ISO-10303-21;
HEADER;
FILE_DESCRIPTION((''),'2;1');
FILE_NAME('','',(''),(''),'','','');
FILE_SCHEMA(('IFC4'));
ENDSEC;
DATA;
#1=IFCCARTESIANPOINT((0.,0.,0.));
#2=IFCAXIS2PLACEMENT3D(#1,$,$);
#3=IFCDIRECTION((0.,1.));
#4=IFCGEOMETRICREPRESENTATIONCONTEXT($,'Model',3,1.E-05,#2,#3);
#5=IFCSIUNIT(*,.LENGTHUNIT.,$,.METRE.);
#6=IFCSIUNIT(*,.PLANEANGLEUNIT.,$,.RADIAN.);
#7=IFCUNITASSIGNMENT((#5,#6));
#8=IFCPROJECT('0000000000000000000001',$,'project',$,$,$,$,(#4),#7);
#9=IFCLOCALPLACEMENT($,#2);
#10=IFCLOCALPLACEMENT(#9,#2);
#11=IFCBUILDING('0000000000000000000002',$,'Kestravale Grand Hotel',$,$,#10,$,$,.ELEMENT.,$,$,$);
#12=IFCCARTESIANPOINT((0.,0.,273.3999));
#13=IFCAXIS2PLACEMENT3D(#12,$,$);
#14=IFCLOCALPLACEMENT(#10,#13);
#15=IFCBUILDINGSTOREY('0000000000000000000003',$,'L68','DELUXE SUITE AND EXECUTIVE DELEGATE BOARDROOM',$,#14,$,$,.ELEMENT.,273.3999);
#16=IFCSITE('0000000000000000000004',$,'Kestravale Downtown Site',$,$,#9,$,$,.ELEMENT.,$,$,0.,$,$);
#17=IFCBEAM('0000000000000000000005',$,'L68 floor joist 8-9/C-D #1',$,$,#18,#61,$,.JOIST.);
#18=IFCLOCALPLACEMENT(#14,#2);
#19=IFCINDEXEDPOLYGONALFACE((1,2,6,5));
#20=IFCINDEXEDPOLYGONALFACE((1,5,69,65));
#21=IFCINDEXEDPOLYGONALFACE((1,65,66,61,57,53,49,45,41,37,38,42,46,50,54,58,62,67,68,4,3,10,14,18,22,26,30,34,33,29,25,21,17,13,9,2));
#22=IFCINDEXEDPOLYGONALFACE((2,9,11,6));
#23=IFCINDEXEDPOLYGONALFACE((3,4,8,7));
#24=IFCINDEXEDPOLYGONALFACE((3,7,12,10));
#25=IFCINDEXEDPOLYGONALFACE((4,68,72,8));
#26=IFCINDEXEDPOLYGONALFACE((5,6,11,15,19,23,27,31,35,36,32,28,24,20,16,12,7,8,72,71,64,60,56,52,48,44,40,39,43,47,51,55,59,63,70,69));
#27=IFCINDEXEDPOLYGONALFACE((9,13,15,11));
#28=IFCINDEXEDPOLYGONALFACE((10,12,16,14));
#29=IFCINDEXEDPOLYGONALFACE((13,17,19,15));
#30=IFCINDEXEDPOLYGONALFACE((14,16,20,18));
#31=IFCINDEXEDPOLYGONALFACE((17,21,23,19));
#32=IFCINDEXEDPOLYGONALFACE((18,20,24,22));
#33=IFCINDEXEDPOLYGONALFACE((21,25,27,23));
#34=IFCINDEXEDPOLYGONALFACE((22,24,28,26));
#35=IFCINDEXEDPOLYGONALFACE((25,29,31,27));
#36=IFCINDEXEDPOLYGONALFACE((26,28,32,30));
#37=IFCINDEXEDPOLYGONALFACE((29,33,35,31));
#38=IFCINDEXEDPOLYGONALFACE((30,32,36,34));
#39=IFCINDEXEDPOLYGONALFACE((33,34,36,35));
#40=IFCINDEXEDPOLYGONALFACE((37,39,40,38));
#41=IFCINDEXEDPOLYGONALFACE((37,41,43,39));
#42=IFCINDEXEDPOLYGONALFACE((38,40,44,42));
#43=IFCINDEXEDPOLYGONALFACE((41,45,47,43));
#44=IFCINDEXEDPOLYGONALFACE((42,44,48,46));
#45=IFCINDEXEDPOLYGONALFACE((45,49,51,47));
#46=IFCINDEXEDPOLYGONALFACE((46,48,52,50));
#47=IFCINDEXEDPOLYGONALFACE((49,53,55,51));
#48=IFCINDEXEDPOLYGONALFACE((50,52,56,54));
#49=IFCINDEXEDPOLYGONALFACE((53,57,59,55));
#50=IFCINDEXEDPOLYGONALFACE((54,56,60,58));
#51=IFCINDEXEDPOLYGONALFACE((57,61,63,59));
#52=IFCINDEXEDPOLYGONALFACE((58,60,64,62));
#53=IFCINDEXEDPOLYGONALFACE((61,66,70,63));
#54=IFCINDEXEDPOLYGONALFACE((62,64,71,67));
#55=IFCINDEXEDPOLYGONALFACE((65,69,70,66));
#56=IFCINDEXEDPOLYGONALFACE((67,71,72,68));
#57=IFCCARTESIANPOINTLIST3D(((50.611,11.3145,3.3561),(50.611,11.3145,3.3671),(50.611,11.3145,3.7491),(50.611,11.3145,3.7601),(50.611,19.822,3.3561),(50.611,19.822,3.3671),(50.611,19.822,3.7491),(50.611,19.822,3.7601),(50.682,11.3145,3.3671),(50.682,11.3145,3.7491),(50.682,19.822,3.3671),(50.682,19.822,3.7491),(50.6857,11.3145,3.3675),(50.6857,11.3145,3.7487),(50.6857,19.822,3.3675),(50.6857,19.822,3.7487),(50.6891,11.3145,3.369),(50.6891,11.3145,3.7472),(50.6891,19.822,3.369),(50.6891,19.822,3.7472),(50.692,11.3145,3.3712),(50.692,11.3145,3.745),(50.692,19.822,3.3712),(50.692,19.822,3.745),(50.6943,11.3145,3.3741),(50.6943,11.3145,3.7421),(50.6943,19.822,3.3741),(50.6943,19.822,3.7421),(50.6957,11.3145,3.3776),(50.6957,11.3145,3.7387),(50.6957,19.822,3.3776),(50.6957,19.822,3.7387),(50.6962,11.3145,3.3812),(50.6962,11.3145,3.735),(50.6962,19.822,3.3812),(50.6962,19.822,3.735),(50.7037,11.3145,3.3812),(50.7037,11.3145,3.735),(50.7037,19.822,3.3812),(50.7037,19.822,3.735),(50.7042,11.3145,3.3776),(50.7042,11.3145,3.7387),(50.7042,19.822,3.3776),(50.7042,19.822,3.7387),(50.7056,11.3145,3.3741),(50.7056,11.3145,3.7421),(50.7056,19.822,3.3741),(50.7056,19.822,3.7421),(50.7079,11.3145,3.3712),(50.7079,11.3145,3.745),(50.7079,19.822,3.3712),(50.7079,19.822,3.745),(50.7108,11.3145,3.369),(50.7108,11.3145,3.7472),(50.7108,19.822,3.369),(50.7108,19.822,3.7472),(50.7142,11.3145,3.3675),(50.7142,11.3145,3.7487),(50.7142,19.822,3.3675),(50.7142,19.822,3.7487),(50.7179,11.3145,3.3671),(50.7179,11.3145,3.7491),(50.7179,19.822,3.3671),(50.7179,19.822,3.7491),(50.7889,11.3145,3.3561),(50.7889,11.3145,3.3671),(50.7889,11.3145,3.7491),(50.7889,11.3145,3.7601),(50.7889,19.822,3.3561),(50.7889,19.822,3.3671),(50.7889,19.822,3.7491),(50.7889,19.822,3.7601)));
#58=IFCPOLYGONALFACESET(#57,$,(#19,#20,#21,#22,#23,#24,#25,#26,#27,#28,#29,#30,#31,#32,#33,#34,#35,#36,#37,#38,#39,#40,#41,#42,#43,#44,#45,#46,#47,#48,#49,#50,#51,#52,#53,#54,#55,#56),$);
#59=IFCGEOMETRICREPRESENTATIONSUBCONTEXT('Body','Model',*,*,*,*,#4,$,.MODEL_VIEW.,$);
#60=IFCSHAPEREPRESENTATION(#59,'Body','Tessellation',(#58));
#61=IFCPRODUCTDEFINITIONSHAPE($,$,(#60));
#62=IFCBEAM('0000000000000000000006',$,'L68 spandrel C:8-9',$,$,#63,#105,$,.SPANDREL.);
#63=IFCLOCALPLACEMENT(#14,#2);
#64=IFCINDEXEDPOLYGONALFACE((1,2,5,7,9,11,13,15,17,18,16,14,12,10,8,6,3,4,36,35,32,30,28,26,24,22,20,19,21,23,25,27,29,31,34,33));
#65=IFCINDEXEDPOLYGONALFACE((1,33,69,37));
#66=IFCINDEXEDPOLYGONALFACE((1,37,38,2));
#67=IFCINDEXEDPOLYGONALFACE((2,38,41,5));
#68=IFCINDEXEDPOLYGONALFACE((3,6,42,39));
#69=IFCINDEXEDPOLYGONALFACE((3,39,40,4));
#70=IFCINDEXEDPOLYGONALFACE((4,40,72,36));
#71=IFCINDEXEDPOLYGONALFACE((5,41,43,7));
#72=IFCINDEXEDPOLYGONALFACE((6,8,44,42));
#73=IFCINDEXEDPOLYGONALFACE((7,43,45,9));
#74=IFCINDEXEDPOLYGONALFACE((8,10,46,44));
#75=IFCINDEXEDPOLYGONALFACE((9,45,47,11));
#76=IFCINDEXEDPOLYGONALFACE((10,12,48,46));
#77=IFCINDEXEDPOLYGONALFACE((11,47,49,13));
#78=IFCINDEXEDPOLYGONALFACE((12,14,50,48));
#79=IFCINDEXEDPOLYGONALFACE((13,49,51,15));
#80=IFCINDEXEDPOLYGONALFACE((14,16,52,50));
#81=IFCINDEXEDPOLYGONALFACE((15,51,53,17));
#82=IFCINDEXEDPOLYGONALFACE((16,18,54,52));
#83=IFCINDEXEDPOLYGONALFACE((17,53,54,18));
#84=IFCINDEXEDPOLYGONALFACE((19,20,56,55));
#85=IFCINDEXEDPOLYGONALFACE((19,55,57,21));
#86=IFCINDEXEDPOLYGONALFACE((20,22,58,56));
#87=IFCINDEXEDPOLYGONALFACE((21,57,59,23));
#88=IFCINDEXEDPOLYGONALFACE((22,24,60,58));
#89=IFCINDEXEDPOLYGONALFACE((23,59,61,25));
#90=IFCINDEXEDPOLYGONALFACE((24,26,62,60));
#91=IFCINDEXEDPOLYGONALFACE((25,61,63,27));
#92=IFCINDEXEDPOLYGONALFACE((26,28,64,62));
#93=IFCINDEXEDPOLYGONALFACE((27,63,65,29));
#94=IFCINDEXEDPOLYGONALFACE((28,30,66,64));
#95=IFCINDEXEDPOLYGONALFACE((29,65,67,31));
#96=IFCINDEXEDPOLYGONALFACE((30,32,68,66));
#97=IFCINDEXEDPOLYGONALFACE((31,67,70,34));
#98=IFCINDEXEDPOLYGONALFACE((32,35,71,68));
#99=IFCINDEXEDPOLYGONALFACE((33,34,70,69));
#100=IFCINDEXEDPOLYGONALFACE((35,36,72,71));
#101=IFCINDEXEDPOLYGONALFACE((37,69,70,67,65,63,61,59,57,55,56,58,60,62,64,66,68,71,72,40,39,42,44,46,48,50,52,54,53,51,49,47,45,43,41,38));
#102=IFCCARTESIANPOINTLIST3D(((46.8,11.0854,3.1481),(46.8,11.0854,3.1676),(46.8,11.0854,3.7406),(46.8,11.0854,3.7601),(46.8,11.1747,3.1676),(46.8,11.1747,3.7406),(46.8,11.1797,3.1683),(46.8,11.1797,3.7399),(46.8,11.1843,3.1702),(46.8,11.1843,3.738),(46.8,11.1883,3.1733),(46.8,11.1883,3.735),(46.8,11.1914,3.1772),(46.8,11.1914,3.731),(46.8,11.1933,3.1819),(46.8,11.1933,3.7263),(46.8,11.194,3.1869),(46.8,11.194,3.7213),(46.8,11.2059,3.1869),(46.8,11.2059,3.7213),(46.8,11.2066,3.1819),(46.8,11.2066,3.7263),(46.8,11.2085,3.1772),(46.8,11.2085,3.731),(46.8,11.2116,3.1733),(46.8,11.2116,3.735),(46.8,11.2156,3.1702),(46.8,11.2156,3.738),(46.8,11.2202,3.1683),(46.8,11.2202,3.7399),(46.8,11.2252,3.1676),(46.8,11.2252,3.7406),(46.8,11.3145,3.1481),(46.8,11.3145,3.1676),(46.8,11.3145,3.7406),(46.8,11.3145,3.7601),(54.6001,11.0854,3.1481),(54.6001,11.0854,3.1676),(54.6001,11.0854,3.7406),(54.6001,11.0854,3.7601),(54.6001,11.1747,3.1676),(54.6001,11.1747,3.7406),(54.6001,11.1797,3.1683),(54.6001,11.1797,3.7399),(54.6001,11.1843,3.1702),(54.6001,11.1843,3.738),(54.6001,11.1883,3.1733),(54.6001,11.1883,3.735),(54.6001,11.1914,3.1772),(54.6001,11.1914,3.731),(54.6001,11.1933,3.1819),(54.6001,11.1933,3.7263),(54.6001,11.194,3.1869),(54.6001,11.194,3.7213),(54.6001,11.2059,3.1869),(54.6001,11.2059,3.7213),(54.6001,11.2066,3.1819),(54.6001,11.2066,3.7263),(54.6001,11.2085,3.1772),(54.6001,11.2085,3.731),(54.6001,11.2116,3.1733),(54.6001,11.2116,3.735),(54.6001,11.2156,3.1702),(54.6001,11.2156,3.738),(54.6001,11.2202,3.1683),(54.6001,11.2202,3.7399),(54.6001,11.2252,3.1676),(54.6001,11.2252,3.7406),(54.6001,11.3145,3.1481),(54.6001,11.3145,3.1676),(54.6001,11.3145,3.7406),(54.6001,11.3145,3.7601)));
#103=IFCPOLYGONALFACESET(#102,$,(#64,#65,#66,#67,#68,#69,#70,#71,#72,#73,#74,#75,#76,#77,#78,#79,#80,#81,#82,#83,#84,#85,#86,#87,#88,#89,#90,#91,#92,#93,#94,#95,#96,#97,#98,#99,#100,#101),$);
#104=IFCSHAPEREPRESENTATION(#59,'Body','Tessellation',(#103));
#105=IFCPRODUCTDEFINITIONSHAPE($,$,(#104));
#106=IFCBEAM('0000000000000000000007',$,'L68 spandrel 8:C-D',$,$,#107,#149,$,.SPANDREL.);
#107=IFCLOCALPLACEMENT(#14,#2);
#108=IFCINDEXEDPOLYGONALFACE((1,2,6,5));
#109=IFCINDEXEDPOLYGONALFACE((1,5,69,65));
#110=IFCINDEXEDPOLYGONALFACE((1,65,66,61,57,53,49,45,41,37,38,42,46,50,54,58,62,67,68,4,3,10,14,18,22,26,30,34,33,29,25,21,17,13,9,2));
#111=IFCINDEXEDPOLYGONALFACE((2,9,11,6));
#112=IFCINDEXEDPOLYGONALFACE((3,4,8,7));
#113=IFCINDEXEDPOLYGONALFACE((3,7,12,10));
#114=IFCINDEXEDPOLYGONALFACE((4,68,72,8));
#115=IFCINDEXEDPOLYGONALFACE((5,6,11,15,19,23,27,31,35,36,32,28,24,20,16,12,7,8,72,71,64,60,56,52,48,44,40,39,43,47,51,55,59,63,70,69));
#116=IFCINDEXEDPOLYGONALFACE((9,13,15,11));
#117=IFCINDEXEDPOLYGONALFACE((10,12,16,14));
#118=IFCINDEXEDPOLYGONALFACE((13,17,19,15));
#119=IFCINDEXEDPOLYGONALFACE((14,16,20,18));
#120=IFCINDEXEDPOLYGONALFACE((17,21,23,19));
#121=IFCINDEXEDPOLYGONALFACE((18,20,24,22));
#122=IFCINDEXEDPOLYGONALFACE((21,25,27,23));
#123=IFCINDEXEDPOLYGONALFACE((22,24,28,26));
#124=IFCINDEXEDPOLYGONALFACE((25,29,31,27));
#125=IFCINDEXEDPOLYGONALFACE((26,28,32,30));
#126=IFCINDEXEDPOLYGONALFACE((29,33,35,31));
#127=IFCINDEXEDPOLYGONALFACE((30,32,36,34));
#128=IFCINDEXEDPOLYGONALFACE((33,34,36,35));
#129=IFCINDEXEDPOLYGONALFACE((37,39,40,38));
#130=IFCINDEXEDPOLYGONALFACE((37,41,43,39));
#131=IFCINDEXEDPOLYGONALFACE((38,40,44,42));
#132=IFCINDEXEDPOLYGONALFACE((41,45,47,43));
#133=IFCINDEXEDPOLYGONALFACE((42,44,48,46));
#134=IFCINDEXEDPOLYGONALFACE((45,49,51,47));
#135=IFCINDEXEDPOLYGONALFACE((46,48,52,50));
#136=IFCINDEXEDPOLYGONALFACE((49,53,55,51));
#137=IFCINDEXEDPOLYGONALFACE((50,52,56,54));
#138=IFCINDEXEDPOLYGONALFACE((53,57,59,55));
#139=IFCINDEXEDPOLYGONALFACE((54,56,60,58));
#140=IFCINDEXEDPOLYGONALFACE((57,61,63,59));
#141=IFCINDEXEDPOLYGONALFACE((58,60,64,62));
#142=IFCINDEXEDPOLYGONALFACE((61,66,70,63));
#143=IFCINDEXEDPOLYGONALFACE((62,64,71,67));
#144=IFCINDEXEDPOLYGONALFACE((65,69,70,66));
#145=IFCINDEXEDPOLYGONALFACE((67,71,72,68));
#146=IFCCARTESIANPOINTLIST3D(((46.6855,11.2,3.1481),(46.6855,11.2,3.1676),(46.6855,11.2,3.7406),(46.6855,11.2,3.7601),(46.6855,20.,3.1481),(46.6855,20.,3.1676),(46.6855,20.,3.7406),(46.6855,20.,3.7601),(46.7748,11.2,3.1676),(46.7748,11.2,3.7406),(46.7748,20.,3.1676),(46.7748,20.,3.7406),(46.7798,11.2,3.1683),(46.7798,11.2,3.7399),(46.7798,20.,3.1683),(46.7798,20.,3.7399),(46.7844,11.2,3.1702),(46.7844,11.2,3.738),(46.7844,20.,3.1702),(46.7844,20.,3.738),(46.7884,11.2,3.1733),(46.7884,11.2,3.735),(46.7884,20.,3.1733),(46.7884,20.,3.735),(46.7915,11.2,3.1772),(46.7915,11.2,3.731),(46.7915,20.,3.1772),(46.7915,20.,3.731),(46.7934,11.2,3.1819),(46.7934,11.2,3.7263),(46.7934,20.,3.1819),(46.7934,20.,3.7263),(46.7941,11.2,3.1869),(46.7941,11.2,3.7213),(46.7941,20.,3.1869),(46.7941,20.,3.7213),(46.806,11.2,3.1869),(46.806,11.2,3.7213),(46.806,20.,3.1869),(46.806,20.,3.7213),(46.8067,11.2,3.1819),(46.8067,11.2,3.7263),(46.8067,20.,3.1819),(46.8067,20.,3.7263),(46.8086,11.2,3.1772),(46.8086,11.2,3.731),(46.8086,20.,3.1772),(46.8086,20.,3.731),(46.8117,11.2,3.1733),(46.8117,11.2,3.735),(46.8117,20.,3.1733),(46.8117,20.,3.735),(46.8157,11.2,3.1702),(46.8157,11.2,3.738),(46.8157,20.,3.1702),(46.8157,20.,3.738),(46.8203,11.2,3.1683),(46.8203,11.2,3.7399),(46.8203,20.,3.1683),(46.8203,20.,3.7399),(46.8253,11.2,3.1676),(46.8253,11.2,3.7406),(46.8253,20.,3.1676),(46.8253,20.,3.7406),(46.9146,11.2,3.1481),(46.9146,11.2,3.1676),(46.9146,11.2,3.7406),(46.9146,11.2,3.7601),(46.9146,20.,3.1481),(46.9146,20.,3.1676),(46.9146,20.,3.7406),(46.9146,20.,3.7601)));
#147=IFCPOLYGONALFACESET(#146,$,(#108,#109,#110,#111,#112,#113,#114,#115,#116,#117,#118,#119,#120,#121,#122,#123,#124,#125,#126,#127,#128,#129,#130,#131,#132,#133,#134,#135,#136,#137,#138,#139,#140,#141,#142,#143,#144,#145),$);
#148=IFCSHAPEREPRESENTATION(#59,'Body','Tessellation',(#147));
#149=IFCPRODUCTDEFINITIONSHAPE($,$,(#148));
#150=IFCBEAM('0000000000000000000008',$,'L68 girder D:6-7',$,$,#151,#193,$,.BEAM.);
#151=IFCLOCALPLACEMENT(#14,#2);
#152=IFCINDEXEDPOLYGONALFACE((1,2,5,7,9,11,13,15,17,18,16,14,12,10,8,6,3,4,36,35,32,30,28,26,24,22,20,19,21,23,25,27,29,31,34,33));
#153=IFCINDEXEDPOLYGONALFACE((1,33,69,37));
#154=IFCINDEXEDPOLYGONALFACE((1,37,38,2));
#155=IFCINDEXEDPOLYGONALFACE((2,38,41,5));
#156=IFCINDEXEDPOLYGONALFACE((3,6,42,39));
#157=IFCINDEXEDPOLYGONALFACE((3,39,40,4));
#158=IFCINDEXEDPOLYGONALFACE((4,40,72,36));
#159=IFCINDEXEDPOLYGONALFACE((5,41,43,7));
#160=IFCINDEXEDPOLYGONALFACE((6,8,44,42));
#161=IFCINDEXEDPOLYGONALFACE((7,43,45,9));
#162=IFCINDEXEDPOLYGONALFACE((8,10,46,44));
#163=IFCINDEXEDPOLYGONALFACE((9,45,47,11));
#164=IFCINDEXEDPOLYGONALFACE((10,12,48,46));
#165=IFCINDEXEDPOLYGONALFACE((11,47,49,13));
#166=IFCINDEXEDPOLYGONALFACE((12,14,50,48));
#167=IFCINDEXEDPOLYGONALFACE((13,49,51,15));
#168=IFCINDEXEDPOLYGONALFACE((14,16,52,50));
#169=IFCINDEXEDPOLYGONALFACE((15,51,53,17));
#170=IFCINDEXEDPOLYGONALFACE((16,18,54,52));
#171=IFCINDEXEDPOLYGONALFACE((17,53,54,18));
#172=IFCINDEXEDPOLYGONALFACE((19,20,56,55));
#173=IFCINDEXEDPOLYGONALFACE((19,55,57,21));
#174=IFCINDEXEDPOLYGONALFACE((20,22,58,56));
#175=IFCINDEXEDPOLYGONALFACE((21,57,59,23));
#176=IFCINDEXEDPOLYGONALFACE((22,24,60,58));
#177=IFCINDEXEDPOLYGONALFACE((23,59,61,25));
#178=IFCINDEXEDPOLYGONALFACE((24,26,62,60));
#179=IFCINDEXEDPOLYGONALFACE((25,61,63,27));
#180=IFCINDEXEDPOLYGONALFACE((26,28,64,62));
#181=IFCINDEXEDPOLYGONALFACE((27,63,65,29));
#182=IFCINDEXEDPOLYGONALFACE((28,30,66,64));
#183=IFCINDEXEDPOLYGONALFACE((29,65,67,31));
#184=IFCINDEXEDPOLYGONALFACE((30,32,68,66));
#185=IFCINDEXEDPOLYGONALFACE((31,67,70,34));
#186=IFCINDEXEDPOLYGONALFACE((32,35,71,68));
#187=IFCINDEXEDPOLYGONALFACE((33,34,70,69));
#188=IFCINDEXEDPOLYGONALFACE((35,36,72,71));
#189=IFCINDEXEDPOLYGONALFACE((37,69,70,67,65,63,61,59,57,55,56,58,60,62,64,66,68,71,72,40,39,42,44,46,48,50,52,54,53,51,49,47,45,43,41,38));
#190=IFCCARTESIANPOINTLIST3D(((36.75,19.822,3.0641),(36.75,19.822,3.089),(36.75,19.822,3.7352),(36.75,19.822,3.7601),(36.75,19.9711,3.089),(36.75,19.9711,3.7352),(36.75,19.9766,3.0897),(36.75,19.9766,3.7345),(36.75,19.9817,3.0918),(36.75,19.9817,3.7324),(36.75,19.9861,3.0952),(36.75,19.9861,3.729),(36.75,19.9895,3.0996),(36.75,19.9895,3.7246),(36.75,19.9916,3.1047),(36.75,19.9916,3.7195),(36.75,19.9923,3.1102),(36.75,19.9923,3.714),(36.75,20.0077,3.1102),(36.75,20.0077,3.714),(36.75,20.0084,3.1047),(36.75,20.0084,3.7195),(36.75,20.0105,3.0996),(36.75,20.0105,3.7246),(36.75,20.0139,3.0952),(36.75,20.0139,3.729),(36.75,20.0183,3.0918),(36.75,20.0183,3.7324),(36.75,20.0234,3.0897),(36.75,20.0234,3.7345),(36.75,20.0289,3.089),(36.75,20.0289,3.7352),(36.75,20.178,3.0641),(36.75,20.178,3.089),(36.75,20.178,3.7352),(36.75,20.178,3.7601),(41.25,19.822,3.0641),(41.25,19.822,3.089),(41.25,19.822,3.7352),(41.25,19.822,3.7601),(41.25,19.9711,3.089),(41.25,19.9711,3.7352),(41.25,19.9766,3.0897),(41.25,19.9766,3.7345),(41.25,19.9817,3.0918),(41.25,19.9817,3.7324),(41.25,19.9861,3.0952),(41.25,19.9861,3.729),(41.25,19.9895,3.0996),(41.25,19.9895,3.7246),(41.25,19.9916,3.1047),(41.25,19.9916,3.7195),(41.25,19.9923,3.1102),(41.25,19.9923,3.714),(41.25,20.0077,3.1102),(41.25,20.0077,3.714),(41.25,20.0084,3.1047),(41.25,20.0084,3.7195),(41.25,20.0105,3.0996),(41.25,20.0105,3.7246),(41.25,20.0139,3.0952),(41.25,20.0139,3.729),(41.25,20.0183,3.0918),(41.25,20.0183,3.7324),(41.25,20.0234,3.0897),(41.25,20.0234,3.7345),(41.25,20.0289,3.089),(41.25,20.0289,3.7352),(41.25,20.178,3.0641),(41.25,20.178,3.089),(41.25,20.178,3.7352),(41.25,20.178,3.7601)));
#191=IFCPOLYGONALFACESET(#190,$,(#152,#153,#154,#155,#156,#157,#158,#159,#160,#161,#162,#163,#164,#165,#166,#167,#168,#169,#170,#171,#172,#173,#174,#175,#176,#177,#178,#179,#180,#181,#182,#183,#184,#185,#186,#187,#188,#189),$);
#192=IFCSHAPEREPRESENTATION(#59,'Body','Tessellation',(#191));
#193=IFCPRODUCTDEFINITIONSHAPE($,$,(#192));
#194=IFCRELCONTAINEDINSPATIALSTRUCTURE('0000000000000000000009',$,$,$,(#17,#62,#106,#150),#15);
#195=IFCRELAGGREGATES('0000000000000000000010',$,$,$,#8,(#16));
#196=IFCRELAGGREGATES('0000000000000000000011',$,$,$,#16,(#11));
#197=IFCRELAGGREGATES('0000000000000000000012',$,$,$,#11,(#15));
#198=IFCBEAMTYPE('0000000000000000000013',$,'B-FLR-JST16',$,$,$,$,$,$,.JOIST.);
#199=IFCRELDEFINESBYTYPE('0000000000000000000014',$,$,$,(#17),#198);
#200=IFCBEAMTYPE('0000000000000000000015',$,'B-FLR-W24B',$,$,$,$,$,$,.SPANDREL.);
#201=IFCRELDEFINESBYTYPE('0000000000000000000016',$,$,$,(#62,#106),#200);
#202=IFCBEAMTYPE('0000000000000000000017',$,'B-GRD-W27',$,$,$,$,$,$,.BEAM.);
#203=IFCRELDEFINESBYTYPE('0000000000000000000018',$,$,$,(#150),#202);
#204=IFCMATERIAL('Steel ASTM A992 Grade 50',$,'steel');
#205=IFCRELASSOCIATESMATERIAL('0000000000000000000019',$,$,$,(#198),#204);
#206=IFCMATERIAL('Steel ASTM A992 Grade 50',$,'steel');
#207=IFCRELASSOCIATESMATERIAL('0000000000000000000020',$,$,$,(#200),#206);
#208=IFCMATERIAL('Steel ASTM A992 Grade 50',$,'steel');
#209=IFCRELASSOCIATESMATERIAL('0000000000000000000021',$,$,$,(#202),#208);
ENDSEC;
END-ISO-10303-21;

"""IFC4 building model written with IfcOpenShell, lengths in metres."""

from ifc_helpers import new_model, si_unit, direction, frame, origin, origin_2d, place, context, subcontext, project, spatial, i_section, extrude, material, material_profile, profile_set, type_object, element, save


model = new_model("IFC4")

# Units and contexts
model_context = context("Model", 3, precision=1e-05, world=origin(), true_north=direction((0.0, 1.0)))
body_context = subcontext(model_context, "Body", "Model", "MODEL_VIEW")
ifc_project = project(units=[si_unit("LENGTHUNIT", "METRE"), si_unit("PLANEANGLEUNIT", "RADIAN")], contexts=[model_context])

# Site, building, storey
site_placement = place(None, origin())
site = spatial("IfcSite", under=ifc_project, at=site_placement, Name="Kestravale Downtown Site", CompositionType="ELEMENT", RefElevation=0.0)
building_placement = place(site_placement, origin())
building = spatial("IfcBuilding", under=site, at=building_placement, Name="Kestravale Grand Hotel", CompositionType="ELEMENT")
storey_placement = place(building_placement, frame((0.0, 0.0, 273.3999)))
storey = spatial("IfcBuildingStorey", under=building, at=storey_placement, Name="L68", Description="DELUXE SUITE AND EXECUTIVE DELEGATE BOARDROOM", CompositionType="ELEMENT", Elevation=273.3999)

# Beams
ifc_material_1 = material(Name="Steel ASTM A992 Grade 50", Category="steel")
ifc_material_profile_1 = material_profile(ifc_material_1, i_section(OverallWidth=0.178, OverallDepth=0.4041, WebThickness=0.0076, FlangeThickness=0.011, FilletRadius=0.0142, at=origin_2d()))
ifc_profile_set_1 = profile_set([ifc_material_profile_1], Name="Steel ASTM A992 Grade 50")
beam_type_1 = type_object("IfcBeamType", Name="B-FLR-JST16", PredefinedType="JOIST", material=ifc_profile_set_1)
beam_1_placement = place(storey_placement, frame((50.7, 11.3145, 3.5581), z_axis=(0.0, 1.0, 0.0), x_axis=(-1.0, 0.0, 0.0)))
element("IfcBeam", 1, at=beam_1_placement, inside=storey, type_object=beam_type_1, Name="L68 floor joist 8-9/C-D #1", PredefinedType="JOIST", context=body_context, shape_type="SweptSolid", body=[
    extrude(i_section(OverallWidth=0.178, OverallDepth=0.4041, WebThickness=0.0076, FlangeThickness=0.011, FilletRadius=0.0142, at=origin_2d()), origin(), (0.0, 0.0, 1.0), 8.5076),
])
ifc_material_2 = material(Name="Steel ASTM A992 Grade 50", Category="steel")
ifc_material_profile_2 = material_profile(ifc_material_2, i_section(OverallWidth=0.229, OverallDepth=0.6121, WebThickness=0.012, FlangeThickness=0.0195, FilletRadius=0.0193, at=origin_2d()))
ifc_profile_set_2 = profile_set([ifc_material_profile_2], Name="Steel ASTM A992 Grade 50")
beam_type_2 = type_object("IfcBeamType", Name="B-FLR-W24B", PredefinedType="SPANDREL", material=ifc_profile_set_2)
beam_2_placement = place(storey_placement, frame((46.8, 11.2, 3.4541), z_axis=(1.0, 0.0, 0.0), x_axis=(0.0, 1.0, 0.0)))
element("IfcBeam", 2, at=beam_2_placement, inside=storey, type_object=beam_type_2, Name="L68 spandrel C:8-9", PredefinedType="SPANDREL", context=body_context, shape_type="SweptSolid", body=[
    extrude(i_section(OverallWidth=0.229, OverallDepth=0.6121, WebThickness=0.012, FlangeThickness=0.0195, FilletRadius=0.0193, at=origin_2d()), origin(), (0.0, 0.0, 1.0), 7.8),
])
beam_3_placement = place(storey_placement, frame((46.8, 11.2, 3.4541), z_axis=(0.0, 1.0, 0.0), x_axis=(-1.0, 0.0, 0.0)))
element("IfcBeam", 3, at=beam_3_placement, inside=storey, type_object=beam_type_2, Name="L68 spandrel 8:C-D", PredefinedType="SPANDREL", context=body_context, shape_type="SweptSolid", body=[
    extrude(i_section(OverallWidth=0.229, OverallDepth=0.6121, WebThickness=0.012, FlangeThickness=0.0195, FilletRadius=0.0193, at=origin_2d()), origin(), (0.0, 0.0, 1.0), 8.8),
])
ifc_material_3 = material(Name="Steel ASTM A992 Grade 50", Category="steel")
ifc_material_profile_3 = material_profile(ifc_material_3, i_section(OverallWidth=0.356, OverallDepth=0.696, WebThickness=0.0154, FlangeThickness=0.0249, FilletRadius=0.0212, at=origin_2d()))
ifc_profile_set_3 = profile_set([ifc_material_profile_3], Name="Steel ASTM A992 Grade 50")
beam_type_3 = type_object("IfcBeamType", Name="B-GRD-W27", PredefinedType="BEAM", material=ifc_profile_set_3)
beam_4_placement = place(storey_placement, frame((36.75, 20.0, 3.4121), z_axis=(1.0, 0.0, 0.0), x_axis=(0.0, 1.0, 0.0)))
element("IfcBeam", 4, at=beam_4_placement, inside=storey, type_object=beam_type_3, Name="L68 girder D:6-7", PredefinedType="BEAM", context=body_context, shape_type="SweptSolid", body=[
    extrude(i_section(OverallWidth=0.356, OverallDepth=0.696, WebThickness=0.0154, FlangeThickness=0.0249, FilletRadius=0.0212, at=origin_2d()), origin(), (0.0, 0.0, 1.0), 4.5),
])

save(model, "model.ifc")
